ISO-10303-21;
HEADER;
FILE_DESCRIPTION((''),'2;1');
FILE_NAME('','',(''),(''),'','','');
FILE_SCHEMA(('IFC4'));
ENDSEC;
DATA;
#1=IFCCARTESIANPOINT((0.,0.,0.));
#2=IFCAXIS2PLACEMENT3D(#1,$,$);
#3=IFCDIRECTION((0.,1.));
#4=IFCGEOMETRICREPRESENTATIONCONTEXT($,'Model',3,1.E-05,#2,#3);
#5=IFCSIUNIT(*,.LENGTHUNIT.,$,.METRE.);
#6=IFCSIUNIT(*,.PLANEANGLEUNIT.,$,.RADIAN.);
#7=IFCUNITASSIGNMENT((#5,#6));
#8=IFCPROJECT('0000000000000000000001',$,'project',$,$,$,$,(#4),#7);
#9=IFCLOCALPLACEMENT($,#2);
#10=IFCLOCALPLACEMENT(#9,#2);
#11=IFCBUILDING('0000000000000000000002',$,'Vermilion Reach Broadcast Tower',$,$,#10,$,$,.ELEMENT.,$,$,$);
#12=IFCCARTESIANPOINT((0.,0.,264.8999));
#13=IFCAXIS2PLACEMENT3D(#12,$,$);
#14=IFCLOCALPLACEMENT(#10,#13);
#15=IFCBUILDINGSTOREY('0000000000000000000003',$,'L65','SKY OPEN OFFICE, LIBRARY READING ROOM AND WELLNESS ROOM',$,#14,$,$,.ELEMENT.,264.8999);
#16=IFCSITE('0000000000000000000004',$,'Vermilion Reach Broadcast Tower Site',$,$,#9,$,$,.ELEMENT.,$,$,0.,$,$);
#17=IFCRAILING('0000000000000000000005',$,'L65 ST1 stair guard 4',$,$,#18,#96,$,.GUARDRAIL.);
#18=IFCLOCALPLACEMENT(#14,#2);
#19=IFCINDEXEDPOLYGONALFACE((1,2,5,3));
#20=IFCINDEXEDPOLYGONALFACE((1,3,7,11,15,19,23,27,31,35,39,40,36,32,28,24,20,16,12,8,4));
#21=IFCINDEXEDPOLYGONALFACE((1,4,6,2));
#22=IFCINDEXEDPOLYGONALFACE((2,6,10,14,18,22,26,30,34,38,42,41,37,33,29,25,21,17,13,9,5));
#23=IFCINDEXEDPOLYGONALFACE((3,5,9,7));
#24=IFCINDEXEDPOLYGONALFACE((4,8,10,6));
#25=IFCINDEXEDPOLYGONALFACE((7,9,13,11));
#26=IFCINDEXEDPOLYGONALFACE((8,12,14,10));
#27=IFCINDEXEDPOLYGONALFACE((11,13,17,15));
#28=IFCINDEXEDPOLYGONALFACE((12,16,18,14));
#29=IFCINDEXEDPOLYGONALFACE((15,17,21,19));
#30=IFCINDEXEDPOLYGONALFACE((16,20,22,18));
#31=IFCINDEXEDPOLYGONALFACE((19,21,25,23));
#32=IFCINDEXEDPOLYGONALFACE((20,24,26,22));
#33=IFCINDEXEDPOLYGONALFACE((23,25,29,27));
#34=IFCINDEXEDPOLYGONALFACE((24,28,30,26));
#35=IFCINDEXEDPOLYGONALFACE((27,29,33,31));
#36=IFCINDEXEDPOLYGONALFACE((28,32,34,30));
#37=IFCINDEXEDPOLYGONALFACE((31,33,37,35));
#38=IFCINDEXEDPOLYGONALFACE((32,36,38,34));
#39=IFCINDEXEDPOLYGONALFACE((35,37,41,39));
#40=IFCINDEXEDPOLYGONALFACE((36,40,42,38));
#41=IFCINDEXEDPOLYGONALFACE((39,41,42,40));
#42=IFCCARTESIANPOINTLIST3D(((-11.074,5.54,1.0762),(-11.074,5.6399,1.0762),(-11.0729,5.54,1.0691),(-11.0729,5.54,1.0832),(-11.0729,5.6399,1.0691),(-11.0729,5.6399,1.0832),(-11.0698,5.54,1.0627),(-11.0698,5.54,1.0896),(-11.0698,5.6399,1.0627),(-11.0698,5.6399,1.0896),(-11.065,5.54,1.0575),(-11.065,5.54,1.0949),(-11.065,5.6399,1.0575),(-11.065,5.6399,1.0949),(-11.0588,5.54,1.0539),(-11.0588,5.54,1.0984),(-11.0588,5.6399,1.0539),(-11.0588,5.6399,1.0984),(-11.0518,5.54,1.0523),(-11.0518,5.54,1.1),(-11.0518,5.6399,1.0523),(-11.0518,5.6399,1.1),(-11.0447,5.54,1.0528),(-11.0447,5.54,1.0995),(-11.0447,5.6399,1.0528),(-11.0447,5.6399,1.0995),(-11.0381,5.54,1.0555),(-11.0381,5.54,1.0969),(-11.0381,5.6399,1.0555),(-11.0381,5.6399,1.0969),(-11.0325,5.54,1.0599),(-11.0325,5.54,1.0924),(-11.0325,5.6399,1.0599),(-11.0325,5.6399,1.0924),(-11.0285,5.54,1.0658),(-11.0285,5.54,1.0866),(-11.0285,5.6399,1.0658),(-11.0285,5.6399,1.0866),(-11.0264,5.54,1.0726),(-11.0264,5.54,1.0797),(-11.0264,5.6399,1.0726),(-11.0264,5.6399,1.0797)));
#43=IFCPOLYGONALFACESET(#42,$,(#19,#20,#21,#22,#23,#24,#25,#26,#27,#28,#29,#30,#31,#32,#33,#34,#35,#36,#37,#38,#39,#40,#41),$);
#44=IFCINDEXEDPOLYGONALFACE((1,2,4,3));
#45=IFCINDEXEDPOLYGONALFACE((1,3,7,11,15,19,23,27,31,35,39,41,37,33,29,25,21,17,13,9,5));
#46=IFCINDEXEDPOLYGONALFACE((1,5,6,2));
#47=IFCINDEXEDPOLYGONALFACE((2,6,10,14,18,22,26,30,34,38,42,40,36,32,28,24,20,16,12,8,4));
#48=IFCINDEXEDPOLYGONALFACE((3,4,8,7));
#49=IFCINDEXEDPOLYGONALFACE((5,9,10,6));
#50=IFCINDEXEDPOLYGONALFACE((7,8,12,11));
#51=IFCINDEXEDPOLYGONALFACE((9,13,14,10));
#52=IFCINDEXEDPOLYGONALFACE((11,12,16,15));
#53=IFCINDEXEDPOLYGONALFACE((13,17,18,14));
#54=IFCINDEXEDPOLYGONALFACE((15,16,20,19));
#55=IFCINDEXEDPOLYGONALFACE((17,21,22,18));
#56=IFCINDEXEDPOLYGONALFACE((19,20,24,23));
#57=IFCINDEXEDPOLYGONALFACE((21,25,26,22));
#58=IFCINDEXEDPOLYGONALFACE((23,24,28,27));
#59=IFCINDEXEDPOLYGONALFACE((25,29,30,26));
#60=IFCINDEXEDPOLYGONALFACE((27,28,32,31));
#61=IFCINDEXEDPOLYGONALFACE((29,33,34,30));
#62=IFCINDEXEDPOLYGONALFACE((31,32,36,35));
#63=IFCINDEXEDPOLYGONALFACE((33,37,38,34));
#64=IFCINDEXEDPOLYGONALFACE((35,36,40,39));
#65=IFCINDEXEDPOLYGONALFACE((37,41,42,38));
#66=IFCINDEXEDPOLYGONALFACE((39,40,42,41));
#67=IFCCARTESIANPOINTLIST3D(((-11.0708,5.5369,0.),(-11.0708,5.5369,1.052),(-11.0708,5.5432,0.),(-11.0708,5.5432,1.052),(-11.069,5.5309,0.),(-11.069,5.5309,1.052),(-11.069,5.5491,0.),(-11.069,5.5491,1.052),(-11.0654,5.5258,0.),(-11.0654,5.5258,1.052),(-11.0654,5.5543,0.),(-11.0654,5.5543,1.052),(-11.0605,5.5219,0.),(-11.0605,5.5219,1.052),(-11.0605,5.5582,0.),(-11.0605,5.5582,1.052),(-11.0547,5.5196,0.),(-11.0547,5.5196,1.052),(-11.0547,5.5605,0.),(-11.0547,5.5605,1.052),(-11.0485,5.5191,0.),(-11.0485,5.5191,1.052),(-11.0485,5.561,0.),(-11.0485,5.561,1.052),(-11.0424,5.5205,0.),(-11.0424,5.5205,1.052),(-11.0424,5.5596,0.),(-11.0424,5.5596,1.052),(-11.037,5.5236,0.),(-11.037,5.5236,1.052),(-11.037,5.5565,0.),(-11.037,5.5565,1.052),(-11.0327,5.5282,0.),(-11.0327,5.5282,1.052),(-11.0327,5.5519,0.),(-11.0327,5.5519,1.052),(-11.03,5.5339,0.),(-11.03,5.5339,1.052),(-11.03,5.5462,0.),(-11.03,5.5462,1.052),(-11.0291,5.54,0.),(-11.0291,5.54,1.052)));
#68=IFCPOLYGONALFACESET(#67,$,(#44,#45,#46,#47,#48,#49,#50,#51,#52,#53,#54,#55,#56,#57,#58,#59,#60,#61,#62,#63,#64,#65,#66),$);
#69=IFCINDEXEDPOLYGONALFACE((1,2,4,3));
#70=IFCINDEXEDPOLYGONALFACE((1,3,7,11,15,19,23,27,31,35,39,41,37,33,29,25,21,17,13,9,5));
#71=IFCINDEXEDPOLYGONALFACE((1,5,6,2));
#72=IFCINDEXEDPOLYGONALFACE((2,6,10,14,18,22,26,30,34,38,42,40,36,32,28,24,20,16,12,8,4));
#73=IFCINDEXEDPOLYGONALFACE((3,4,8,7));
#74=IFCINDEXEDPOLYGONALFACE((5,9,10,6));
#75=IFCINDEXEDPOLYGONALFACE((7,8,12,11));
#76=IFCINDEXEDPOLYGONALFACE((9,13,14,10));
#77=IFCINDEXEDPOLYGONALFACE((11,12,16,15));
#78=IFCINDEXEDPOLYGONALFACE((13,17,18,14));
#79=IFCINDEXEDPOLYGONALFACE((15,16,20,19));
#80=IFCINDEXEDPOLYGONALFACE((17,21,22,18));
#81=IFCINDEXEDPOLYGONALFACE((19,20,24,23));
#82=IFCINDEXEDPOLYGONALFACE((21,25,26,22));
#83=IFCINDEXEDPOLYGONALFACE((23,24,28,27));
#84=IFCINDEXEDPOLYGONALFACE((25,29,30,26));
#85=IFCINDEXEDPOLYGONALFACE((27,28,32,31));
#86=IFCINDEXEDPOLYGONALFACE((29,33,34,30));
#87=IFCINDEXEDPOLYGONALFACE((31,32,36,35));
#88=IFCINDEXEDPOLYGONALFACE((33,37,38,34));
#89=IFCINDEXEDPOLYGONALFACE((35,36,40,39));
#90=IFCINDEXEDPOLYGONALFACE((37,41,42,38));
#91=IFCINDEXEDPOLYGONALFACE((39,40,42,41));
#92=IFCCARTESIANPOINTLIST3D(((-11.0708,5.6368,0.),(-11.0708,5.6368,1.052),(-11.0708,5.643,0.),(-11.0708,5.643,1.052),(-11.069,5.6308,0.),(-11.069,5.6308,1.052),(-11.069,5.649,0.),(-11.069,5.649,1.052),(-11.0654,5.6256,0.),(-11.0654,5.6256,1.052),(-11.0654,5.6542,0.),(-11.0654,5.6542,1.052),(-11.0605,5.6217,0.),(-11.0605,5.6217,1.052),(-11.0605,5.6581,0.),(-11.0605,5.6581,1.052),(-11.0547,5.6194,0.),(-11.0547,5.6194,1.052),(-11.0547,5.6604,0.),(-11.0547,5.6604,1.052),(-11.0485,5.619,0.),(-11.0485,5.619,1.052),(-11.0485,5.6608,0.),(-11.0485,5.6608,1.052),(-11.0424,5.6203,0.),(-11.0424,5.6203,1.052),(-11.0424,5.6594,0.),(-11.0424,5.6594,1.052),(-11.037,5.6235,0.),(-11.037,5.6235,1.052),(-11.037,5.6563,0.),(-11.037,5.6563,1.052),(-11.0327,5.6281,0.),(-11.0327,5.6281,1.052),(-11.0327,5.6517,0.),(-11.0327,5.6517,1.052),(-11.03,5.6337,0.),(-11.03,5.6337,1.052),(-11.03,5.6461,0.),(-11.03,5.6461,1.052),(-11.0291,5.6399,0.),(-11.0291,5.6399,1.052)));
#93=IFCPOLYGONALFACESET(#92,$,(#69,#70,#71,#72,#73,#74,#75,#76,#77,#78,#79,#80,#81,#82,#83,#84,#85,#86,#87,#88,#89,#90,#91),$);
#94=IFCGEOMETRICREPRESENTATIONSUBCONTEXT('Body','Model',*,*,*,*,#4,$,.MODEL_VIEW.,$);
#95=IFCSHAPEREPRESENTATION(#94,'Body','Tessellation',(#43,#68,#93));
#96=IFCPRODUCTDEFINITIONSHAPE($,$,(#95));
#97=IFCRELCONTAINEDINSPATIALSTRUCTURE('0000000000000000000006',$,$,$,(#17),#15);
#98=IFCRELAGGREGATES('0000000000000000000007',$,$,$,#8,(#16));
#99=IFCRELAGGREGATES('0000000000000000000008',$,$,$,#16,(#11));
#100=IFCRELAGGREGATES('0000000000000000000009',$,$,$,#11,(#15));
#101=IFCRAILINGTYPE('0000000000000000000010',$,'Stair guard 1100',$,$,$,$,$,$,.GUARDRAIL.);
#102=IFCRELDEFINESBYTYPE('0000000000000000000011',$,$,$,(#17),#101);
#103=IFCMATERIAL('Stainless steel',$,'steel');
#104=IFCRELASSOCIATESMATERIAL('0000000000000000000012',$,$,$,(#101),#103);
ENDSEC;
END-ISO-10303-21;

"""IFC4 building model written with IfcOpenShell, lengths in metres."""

from ifc_helpers import new_model, si_unit, direction, frame, origin, origin_2d, place, context, subcontext, project, spatial, circle, extrude, material, type_object, element, save


model = new_model("IFC4")

# Units and contexts
model_context = context("Model", 3, precision=1e-05, world=origin(), true_north=direction((0.0, 1.0)))
body_context = subcontext(model_context, "Body", "Model", "MODEL_VIEW")
ifc_project = project(units=[si_unit("LENGTHUNIT", "METRE"), si_unit("PLANEANGLEUNIT", "RADIAN")], contexts=[model_context])

# Site, building, storey
site_placement = place(None, origin())
site = spatial("IfcSite", under=ifc_project, at=site_placement, Name="Vermilion Reach Broadcast Tower Site", CompositionType="ELEMENT", RefElevation=0.0)
building_placement = place(site_placement, origin())
building = spatial("IfcBuilding", under=site, at=building_placement, Name="Vermilion Reach Broadcast Tower", CompositionType="ELEMENT")
storey_placement = place(building_placement, frame((0.0, 0.0, 264.8999)))
storey = spatial("IfcBuildingStorey", under=building, at=storey_placement, Name="L65", Description="SKY OPEN OFFICE, LIBRARY READING ROOM AND WELLNESS ROOM", CompositionType="ELEMENT", Elevation=264.8999)

# Railing
ifc_material_1 = material(Name="Stainless steel", Category="steel")
railing_type_1 = type_object("IfcRailingType", Name="Stair guard 1100", PredefinedType="GUARDRAIL", material=ifc_material_1)
railing_1_placement = place(storey_placement, frame((-11.05, 5.54, 0.0)))
element("IfcRailing", 1, at=railing_1_placement, inside=storey, type_object=railing_type_1, Name="L65 ST1 stair guard 4", PredefinedType="GUARDRAIL", context=body_context, shape_type="SweptSolid", body=[
    extrude(circle(Radius=0.0239, at=origin_2d()), frame((0.0, 0.0, 1.0762), z_axis=(0.0, 1.0, 0.0), x_axis=(-1.0, 0.0, 0.0)), (0.0, 0.0, 1.0), 0.0999),
    extrude(circle(Radius=0.021, at=origin_2d()), origin(), (0.0, 0.0, 1.0), 1.052),
    extrude(circle(Radius=0.021, at=origin_2d()), frame((0.0, 0.0999, 0.0)), (0.0, 0.0, 1.0), 1.052),
])

save(model, "model.ifc")
